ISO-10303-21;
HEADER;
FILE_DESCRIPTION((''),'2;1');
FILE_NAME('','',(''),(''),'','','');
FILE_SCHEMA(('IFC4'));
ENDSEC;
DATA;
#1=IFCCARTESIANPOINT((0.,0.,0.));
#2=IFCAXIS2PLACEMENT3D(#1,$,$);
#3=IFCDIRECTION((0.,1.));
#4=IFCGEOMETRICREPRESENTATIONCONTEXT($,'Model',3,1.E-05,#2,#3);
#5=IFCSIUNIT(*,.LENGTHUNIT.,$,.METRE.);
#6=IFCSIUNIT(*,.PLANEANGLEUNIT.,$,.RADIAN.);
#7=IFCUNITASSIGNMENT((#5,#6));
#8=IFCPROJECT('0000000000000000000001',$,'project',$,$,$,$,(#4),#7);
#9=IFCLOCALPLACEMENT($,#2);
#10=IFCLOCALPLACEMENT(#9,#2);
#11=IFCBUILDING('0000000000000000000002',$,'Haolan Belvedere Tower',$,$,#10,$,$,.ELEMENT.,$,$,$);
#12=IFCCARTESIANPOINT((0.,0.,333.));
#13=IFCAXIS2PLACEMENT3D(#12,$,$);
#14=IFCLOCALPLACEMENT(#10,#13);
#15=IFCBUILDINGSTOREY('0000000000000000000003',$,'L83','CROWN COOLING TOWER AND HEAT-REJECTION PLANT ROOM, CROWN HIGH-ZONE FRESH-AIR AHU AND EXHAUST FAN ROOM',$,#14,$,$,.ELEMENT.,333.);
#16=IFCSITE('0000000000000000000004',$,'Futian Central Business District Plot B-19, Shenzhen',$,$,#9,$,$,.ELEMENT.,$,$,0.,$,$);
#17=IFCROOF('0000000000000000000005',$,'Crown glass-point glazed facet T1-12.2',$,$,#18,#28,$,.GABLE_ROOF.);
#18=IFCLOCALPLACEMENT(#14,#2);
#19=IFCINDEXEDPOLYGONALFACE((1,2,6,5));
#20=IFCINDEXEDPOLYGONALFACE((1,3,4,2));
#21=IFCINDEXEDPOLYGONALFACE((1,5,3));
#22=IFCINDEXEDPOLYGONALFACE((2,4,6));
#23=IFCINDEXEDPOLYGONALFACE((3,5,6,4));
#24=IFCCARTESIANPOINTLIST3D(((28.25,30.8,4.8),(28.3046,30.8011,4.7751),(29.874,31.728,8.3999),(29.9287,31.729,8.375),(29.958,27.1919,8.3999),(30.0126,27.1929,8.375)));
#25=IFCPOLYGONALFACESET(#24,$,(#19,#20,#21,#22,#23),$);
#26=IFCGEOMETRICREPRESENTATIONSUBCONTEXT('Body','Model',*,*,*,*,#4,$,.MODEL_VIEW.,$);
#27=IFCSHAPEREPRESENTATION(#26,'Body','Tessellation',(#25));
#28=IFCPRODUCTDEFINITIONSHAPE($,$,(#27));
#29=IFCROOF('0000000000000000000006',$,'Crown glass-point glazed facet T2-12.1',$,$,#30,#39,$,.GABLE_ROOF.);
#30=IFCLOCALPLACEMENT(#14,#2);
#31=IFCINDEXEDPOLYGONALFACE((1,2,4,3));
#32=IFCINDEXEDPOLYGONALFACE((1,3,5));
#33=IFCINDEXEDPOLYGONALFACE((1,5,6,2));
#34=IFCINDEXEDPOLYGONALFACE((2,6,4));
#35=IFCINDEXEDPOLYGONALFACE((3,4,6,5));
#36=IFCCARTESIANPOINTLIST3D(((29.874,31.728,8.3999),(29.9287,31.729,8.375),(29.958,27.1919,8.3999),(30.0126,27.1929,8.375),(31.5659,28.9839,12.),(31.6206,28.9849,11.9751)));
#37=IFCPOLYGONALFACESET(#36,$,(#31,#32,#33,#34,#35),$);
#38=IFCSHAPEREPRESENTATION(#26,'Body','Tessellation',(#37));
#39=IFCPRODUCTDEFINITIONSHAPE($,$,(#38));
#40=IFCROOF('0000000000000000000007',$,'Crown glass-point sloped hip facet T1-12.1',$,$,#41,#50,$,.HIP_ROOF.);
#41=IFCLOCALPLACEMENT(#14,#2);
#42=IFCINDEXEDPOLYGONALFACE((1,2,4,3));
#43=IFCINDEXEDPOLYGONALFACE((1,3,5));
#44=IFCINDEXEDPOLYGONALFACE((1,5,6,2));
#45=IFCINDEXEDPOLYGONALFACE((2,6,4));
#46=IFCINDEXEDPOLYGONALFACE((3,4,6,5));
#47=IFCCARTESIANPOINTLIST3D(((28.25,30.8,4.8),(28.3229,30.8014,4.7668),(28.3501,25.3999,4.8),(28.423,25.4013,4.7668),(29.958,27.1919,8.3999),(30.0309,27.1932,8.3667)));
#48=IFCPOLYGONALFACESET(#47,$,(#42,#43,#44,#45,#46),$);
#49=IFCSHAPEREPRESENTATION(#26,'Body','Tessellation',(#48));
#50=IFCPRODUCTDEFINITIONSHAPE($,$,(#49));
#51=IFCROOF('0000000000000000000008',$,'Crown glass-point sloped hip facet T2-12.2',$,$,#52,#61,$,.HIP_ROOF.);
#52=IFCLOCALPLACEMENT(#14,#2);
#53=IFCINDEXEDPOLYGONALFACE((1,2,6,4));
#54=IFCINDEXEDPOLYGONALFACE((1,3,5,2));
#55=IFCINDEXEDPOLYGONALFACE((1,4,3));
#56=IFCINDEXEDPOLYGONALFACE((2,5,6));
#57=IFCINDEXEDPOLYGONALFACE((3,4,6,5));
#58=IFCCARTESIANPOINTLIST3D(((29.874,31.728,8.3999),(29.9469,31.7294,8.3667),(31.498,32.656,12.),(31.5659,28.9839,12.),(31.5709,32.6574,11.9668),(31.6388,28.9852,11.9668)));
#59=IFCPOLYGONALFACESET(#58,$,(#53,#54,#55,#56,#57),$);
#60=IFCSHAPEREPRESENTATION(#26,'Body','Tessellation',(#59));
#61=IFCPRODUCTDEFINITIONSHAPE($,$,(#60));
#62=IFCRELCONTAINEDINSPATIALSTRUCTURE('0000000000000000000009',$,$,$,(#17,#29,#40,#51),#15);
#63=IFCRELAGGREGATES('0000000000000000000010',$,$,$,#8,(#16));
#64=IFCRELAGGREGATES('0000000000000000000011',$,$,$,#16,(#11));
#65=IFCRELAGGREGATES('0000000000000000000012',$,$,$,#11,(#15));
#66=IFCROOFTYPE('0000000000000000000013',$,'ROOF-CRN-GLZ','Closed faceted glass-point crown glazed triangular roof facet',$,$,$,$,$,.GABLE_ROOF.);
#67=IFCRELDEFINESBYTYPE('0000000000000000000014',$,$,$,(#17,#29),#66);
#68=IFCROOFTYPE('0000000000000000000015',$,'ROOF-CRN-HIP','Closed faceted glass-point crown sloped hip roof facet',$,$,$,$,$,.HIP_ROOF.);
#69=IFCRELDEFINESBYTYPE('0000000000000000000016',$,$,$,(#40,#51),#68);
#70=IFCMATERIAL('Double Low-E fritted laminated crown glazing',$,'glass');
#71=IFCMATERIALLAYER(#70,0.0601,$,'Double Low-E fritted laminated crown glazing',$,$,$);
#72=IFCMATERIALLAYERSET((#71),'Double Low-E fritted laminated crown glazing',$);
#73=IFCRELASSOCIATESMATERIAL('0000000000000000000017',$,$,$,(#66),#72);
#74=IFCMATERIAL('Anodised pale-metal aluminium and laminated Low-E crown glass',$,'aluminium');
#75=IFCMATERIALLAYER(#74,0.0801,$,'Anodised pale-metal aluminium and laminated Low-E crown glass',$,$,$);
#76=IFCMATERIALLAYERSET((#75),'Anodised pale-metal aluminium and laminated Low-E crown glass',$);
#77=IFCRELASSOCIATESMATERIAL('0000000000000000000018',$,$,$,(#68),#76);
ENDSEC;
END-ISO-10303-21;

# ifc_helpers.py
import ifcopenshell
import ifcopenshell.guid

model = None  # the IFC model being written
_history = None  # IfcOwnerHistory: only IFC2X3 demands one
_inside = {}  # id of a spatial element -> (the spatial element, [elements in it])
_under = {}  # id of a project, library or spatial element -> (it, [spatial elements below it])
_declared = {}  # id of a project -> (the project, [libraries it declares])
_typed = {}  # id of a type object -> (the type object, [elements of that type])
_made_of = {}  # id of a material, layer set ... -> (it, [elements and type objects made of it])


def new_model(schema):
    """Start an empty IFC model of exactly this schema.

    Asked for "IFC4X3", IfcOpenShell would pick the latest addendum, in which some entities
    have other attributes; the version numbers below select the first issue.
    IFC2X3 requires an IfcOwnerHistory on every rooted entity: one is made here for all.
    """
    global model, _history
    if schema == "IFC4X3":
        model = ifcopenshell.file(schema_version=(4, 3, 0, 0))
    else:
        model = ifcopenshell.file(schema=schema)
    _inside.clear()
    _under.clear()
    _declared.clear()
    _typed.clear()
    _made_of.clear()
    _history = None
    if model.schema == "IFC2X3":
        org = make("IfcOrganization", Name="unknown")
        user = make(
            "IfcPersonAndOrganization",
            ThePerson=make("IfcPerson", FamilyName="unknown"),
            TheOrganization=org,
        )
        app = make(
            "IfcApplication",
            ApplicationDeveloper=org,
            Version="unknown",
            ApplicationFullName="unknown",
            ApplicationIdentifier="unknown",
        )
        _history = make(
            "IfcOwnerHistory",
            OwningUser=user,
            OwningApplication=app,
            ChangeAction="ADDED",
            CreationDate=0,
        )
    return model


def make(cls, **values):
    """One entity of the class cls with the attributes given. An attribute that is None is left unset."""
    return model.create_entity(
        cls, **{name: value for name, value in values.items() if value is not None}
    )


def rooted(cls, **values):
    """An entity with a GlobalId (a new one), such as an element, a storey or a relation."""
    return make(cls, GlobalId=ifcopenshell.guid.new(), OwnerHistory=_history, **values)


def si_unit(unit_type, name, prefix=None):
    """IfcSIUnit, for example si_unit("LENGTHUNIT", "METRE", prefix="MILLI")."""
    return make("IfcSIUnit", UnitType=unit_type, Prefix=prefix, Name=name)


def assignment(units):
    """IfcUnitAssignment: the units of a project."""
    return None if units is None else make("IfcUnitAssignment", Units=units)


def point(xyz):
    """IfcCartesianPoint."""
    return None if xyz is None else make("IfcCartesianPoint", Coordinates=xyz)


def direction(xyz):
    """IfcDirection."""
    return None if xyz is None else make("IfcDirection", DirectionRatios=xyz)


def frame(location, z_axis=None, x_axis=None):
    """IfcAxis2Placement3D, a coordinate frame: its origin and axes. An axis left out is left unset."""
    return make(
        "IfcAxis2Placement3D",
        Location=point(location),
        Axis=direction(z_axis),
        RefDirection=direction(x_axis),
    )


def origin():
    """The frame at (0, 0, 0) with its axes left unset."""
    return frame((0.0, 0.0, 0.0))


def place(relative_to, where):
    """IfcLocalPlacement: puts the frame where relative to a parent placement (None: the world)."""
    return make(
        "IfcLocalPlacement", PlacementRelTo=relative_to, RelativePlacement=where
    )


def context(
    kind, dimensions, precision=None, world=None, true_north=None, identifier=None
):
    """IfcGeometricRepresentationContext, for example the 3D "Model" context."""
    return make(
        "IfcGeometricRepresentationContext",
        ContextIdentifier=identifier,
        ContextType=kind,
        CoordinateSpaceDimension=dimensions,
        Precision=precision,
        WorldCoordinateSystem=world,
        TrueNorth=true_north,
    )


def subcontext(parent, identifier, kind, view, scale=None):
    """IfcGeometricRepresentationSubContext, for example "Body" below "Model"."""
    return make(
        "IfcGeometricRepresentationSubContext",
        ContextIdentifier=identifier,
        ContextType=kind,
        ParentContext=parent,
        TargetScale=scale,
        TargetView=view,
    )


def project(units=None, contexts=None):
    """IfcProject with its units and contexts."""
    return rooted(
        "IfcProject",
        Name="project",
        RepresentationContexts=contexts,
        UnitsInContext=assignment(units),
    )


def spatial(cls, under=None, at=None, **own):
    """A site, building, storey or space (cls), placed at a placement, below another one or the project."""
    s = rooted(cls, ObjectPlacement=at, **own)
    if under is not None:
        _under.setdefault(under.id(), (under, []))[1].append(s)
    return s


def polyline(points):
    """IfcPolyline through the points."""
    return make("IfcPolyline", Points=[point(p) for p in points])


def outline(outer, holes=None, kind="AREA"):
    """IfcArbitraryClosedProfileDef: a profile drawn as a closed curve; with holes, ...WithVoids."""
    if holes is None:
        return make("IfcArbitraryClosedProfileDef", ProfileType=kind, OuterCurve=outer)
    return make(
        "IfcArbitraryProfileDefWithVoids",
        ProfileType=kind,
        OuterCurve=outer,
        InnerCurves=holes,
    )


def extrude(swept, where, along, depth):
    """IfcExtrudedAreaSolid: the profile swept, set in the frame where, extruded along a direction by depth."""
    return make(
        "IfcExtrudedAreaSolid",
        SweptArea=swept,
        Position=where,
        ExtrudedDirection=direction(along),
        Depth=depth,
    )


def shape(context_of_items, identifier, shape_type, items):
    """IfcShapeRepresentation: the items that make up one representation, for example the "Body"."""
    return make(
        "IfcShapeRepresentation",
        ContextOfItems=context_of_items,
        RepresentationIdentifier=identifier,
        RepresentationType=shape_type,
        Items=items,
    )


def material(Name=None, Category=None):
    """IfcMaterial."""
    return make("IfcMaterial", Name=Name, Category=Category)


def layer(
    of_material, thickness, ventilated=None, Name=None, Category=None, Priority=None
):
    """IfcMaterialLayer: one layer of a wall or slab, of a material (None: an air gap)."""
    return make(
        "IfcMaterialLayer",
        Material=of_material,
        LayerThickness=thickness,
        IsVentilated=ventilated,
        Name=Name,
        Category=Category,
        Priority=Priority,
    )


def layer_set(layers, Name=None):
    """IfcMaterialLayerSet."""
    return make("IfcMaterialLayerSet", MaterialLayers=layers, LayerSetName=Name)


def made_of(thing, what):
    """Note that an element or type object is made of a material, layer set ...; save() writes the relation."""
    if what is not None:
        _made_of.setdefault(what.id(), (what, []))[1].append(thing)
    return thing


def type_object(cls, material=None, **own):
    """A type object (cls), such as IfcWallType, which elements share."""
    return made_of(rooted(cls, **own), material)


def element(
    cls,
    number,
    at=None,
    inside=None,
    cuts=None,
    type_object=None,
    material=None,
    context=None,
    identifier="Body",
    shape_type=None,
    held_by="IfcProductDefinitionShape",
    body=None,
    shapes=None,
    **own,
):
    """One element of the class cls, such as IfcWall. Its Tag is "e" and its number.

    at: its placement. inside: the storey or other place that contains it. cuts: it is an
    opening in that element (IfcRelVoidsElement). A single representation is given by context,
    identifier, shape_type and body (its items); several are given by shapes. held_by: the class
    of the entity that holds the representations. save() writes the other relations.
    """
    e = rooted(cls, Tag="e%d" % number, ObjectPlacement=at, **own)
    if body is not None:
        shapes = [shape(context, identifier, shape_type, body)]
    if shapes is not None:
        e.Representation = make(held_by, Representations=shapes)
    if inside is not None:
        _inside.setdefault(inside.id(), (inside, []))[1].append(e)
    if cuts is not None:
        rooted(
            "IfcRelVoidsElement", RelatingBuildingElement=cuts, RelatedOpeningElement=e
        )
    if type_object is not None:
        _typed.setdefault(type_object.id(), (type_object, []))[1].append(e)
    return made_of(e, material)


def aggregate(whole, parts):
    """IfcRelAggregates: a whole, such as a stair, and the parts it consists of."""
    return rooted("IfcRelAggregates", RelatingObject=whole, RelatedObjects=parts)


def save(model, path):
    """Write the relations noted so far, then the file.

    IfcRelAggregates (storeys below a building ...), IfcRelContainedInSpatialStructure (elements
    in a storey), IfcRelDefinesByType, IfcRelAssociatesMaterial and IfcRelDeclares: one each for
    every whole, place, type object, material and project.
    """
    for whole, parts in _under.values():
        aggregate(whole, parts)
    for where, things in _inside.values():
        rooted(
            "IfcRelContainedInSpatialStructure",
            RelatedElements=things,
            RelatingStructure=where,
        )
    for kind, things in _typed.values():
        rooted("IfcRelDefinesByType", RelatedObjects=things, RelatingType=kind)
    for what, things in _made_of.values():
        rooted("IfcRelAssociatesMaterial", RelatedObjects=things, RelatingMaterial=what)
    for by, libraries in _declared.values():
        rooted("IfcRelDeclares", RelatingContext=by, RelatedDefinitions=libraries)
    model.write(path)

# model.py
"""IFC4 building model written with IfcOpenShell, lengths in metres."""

from ifc_helpers import new_model, si_unit, direction, frame, origin, place, context, subcontext, project, spatial, polyline, outline, extrude, material, layer, layer_set, type_object, element, save


model = new_model("IFC4")

# Units and contexts
model_context = context("Model", 3, precision=1e-05, world=origin(), true_north=direction((0.0, 1.0)))
body_context = subcontext(model_context, "Body", "Model", "MODEL_VIEW")
ifc_project = project(units=[si_unit("LENGTHUNIT", "METRE"), si_unit("PLANEANGLEUNIT", "RADIAN")], contexts=[model_context])

# Site, building, storey
site_placement = place(None, origin())
site = spatial("IfcSite", under=ifc_project, at=site_placement, Name="Futian Central Business District Plot B-19, Shenzhen", CompositionType="ELEMENT", RefElevation=0.0)
building_placement = place(site_placement, origin())
building = spatial("IfcBuilding", under=site, at=building_placement, Name="Haolan Belvedere Tower", CompositionType="ELEMENT")
storey_placement = place(building_placement, frame((0.0, 0.0, 333.0)))
storey = spatial("IfcBuildingStorey", under=building, at=storey_placement, Name="L83", Description="CROWN COOLING TOWER AND HEAT-REJECTION PLANT ROOM, CROWN HIGH-ZONE FRESH-AIR AHU AND EXHAUST FAN ROOM", CompositionType="ELEMENT", Elevation=333.0)

# Roofs
ifc_material_1 = material(Name="Double Low-E fritted laminated crown glazing", Category="glass")
ifc_layer_1 = layer(ifc_material_1, 0.0601, Name="Double Low-E fritted laminated crown glazing")
ifc_layer_set_1 = layer_set([ifc_layer_1], Name="Double Low-E fritted laminated crown glazing")
roof_type_1 = type_object("IfcRoofType", Name="ROOF-CRN-GLZ", Description="Closed faceted glass-point crown glazed triangular roof facet", PredefinedType="GABLE_ROOF", material=ifc_layer_set_1)
roof_1_placement = place(storey_placement, frame((28.25, 30.8, 4.8), z_axis=(-0.90977, -0.016844, 0.414772), x_axis=(0.317745, -0.671234, 0.669689)))
element("IfcRoof", 1, at=roof_1_placement, inside=storey, type_object=roof_type_1, Name="Crown glass-point glazed facet T1-12.2", PredefinedType="GABLE_ROOF", context=body_context, shape_type="SweptSolid", body=[
    extrude(outline(polyline([(0.0, 0.0), (5.3754, 0.0), (2.3039, 3.3391), (0.0, 0.0)])), origin(), (0.0, 0.0, -1.0), 0.0601),
])
roof_2_placement = place(storey_placement, frame((29.874, 31.728, 8.3999), z_axis=(-0.909791, -0.016844, 0.414724), x_axis=(0.018511, -0.999829, 0.0)))
element("IfcRoof", 2, at=roof_2_placement, inside=storey, type_object=roof_type_1, Name="Crown glass-point glazed facet T2-12.1", PredefinedType="GABLE_ROOF", context=body_context, shape_type="SweptSolid", body=[
    extrude(outline(polyline([(0.0, 0.0), (4.5369, 0.0), (2.775, 3.9564), (0.0, 0.0)])), origin(), (0.0, 0.0, -1.0), 0.0601),
])
ifc_material_2 = material(Name="Anodised pale-metal aluminium and laminated Low-E crown glass", Category="aluminium")
ifc_layer_2 = layer(ifc_material_2, 0.0801, Name="Anodised pale-metal aluminium and laminated Low-E crown glass")
ifc_layer_set_2 = layer_set([ifc_layer_2], Name="Anodised pale-metal aluminium and laminated Low-E crown glass")
roof_type_2 = type_object("IfcRoofType", Name="ROOF-CRN-HIP", Description="Closed faceted glass-point crown sloped hip roof facet", PredefinedType="HIP_ROOF", material=ifc_layer_set_2)
roof_3_placement = place(storey_placement, frame((28.25, 30.8, 4.8), z_axis=(-0.909777, -0.016864, 0.414755), x_axis=(0.018533, -0.999828, 0.0)))
element("IfcRoof", 3, at=roof_3_placement, inside=storey, type_object=roof_type_2, Name="Crown glass-point sloped hip facet T1-12.1", PredefinedType="HIP_ROOF", context=body_context, shape_type="SweptSolid", body=[
    extrude(outline(polyline([(0.0, 0.0), (5.4011, 0.0), (3.6392, 3.9562), (0.0, 0.0)])), origin(), (0.0, 0.0, -1.0), 0.0801),
])
roof_4_placement = place(storey_placement, frame((29.874, 31.728, 8.3999), z_axis=(-0.909783, -0.016815, 0.414743), x_axis=(0.350104, -0.567846, 0.744969)))
element("IfcRoof", 4, at=roof_4_placement, inside=storey, type_object=roof_type_2, Name="Crown glass-point sloped hip facet T2-12.2", PredefinedType="HIP_ROOF", context=body_context, shape_type="SweptSolid", body=[
    extrude(outline(polyline([(0.0, 0.0), (4.8325, 0.0), (2.7236, 3.0069), (0.0, 0.0)])), origin(), (0.0, 0.0, -1.0), 0.0801),
])

save(model, "model.ifc")
